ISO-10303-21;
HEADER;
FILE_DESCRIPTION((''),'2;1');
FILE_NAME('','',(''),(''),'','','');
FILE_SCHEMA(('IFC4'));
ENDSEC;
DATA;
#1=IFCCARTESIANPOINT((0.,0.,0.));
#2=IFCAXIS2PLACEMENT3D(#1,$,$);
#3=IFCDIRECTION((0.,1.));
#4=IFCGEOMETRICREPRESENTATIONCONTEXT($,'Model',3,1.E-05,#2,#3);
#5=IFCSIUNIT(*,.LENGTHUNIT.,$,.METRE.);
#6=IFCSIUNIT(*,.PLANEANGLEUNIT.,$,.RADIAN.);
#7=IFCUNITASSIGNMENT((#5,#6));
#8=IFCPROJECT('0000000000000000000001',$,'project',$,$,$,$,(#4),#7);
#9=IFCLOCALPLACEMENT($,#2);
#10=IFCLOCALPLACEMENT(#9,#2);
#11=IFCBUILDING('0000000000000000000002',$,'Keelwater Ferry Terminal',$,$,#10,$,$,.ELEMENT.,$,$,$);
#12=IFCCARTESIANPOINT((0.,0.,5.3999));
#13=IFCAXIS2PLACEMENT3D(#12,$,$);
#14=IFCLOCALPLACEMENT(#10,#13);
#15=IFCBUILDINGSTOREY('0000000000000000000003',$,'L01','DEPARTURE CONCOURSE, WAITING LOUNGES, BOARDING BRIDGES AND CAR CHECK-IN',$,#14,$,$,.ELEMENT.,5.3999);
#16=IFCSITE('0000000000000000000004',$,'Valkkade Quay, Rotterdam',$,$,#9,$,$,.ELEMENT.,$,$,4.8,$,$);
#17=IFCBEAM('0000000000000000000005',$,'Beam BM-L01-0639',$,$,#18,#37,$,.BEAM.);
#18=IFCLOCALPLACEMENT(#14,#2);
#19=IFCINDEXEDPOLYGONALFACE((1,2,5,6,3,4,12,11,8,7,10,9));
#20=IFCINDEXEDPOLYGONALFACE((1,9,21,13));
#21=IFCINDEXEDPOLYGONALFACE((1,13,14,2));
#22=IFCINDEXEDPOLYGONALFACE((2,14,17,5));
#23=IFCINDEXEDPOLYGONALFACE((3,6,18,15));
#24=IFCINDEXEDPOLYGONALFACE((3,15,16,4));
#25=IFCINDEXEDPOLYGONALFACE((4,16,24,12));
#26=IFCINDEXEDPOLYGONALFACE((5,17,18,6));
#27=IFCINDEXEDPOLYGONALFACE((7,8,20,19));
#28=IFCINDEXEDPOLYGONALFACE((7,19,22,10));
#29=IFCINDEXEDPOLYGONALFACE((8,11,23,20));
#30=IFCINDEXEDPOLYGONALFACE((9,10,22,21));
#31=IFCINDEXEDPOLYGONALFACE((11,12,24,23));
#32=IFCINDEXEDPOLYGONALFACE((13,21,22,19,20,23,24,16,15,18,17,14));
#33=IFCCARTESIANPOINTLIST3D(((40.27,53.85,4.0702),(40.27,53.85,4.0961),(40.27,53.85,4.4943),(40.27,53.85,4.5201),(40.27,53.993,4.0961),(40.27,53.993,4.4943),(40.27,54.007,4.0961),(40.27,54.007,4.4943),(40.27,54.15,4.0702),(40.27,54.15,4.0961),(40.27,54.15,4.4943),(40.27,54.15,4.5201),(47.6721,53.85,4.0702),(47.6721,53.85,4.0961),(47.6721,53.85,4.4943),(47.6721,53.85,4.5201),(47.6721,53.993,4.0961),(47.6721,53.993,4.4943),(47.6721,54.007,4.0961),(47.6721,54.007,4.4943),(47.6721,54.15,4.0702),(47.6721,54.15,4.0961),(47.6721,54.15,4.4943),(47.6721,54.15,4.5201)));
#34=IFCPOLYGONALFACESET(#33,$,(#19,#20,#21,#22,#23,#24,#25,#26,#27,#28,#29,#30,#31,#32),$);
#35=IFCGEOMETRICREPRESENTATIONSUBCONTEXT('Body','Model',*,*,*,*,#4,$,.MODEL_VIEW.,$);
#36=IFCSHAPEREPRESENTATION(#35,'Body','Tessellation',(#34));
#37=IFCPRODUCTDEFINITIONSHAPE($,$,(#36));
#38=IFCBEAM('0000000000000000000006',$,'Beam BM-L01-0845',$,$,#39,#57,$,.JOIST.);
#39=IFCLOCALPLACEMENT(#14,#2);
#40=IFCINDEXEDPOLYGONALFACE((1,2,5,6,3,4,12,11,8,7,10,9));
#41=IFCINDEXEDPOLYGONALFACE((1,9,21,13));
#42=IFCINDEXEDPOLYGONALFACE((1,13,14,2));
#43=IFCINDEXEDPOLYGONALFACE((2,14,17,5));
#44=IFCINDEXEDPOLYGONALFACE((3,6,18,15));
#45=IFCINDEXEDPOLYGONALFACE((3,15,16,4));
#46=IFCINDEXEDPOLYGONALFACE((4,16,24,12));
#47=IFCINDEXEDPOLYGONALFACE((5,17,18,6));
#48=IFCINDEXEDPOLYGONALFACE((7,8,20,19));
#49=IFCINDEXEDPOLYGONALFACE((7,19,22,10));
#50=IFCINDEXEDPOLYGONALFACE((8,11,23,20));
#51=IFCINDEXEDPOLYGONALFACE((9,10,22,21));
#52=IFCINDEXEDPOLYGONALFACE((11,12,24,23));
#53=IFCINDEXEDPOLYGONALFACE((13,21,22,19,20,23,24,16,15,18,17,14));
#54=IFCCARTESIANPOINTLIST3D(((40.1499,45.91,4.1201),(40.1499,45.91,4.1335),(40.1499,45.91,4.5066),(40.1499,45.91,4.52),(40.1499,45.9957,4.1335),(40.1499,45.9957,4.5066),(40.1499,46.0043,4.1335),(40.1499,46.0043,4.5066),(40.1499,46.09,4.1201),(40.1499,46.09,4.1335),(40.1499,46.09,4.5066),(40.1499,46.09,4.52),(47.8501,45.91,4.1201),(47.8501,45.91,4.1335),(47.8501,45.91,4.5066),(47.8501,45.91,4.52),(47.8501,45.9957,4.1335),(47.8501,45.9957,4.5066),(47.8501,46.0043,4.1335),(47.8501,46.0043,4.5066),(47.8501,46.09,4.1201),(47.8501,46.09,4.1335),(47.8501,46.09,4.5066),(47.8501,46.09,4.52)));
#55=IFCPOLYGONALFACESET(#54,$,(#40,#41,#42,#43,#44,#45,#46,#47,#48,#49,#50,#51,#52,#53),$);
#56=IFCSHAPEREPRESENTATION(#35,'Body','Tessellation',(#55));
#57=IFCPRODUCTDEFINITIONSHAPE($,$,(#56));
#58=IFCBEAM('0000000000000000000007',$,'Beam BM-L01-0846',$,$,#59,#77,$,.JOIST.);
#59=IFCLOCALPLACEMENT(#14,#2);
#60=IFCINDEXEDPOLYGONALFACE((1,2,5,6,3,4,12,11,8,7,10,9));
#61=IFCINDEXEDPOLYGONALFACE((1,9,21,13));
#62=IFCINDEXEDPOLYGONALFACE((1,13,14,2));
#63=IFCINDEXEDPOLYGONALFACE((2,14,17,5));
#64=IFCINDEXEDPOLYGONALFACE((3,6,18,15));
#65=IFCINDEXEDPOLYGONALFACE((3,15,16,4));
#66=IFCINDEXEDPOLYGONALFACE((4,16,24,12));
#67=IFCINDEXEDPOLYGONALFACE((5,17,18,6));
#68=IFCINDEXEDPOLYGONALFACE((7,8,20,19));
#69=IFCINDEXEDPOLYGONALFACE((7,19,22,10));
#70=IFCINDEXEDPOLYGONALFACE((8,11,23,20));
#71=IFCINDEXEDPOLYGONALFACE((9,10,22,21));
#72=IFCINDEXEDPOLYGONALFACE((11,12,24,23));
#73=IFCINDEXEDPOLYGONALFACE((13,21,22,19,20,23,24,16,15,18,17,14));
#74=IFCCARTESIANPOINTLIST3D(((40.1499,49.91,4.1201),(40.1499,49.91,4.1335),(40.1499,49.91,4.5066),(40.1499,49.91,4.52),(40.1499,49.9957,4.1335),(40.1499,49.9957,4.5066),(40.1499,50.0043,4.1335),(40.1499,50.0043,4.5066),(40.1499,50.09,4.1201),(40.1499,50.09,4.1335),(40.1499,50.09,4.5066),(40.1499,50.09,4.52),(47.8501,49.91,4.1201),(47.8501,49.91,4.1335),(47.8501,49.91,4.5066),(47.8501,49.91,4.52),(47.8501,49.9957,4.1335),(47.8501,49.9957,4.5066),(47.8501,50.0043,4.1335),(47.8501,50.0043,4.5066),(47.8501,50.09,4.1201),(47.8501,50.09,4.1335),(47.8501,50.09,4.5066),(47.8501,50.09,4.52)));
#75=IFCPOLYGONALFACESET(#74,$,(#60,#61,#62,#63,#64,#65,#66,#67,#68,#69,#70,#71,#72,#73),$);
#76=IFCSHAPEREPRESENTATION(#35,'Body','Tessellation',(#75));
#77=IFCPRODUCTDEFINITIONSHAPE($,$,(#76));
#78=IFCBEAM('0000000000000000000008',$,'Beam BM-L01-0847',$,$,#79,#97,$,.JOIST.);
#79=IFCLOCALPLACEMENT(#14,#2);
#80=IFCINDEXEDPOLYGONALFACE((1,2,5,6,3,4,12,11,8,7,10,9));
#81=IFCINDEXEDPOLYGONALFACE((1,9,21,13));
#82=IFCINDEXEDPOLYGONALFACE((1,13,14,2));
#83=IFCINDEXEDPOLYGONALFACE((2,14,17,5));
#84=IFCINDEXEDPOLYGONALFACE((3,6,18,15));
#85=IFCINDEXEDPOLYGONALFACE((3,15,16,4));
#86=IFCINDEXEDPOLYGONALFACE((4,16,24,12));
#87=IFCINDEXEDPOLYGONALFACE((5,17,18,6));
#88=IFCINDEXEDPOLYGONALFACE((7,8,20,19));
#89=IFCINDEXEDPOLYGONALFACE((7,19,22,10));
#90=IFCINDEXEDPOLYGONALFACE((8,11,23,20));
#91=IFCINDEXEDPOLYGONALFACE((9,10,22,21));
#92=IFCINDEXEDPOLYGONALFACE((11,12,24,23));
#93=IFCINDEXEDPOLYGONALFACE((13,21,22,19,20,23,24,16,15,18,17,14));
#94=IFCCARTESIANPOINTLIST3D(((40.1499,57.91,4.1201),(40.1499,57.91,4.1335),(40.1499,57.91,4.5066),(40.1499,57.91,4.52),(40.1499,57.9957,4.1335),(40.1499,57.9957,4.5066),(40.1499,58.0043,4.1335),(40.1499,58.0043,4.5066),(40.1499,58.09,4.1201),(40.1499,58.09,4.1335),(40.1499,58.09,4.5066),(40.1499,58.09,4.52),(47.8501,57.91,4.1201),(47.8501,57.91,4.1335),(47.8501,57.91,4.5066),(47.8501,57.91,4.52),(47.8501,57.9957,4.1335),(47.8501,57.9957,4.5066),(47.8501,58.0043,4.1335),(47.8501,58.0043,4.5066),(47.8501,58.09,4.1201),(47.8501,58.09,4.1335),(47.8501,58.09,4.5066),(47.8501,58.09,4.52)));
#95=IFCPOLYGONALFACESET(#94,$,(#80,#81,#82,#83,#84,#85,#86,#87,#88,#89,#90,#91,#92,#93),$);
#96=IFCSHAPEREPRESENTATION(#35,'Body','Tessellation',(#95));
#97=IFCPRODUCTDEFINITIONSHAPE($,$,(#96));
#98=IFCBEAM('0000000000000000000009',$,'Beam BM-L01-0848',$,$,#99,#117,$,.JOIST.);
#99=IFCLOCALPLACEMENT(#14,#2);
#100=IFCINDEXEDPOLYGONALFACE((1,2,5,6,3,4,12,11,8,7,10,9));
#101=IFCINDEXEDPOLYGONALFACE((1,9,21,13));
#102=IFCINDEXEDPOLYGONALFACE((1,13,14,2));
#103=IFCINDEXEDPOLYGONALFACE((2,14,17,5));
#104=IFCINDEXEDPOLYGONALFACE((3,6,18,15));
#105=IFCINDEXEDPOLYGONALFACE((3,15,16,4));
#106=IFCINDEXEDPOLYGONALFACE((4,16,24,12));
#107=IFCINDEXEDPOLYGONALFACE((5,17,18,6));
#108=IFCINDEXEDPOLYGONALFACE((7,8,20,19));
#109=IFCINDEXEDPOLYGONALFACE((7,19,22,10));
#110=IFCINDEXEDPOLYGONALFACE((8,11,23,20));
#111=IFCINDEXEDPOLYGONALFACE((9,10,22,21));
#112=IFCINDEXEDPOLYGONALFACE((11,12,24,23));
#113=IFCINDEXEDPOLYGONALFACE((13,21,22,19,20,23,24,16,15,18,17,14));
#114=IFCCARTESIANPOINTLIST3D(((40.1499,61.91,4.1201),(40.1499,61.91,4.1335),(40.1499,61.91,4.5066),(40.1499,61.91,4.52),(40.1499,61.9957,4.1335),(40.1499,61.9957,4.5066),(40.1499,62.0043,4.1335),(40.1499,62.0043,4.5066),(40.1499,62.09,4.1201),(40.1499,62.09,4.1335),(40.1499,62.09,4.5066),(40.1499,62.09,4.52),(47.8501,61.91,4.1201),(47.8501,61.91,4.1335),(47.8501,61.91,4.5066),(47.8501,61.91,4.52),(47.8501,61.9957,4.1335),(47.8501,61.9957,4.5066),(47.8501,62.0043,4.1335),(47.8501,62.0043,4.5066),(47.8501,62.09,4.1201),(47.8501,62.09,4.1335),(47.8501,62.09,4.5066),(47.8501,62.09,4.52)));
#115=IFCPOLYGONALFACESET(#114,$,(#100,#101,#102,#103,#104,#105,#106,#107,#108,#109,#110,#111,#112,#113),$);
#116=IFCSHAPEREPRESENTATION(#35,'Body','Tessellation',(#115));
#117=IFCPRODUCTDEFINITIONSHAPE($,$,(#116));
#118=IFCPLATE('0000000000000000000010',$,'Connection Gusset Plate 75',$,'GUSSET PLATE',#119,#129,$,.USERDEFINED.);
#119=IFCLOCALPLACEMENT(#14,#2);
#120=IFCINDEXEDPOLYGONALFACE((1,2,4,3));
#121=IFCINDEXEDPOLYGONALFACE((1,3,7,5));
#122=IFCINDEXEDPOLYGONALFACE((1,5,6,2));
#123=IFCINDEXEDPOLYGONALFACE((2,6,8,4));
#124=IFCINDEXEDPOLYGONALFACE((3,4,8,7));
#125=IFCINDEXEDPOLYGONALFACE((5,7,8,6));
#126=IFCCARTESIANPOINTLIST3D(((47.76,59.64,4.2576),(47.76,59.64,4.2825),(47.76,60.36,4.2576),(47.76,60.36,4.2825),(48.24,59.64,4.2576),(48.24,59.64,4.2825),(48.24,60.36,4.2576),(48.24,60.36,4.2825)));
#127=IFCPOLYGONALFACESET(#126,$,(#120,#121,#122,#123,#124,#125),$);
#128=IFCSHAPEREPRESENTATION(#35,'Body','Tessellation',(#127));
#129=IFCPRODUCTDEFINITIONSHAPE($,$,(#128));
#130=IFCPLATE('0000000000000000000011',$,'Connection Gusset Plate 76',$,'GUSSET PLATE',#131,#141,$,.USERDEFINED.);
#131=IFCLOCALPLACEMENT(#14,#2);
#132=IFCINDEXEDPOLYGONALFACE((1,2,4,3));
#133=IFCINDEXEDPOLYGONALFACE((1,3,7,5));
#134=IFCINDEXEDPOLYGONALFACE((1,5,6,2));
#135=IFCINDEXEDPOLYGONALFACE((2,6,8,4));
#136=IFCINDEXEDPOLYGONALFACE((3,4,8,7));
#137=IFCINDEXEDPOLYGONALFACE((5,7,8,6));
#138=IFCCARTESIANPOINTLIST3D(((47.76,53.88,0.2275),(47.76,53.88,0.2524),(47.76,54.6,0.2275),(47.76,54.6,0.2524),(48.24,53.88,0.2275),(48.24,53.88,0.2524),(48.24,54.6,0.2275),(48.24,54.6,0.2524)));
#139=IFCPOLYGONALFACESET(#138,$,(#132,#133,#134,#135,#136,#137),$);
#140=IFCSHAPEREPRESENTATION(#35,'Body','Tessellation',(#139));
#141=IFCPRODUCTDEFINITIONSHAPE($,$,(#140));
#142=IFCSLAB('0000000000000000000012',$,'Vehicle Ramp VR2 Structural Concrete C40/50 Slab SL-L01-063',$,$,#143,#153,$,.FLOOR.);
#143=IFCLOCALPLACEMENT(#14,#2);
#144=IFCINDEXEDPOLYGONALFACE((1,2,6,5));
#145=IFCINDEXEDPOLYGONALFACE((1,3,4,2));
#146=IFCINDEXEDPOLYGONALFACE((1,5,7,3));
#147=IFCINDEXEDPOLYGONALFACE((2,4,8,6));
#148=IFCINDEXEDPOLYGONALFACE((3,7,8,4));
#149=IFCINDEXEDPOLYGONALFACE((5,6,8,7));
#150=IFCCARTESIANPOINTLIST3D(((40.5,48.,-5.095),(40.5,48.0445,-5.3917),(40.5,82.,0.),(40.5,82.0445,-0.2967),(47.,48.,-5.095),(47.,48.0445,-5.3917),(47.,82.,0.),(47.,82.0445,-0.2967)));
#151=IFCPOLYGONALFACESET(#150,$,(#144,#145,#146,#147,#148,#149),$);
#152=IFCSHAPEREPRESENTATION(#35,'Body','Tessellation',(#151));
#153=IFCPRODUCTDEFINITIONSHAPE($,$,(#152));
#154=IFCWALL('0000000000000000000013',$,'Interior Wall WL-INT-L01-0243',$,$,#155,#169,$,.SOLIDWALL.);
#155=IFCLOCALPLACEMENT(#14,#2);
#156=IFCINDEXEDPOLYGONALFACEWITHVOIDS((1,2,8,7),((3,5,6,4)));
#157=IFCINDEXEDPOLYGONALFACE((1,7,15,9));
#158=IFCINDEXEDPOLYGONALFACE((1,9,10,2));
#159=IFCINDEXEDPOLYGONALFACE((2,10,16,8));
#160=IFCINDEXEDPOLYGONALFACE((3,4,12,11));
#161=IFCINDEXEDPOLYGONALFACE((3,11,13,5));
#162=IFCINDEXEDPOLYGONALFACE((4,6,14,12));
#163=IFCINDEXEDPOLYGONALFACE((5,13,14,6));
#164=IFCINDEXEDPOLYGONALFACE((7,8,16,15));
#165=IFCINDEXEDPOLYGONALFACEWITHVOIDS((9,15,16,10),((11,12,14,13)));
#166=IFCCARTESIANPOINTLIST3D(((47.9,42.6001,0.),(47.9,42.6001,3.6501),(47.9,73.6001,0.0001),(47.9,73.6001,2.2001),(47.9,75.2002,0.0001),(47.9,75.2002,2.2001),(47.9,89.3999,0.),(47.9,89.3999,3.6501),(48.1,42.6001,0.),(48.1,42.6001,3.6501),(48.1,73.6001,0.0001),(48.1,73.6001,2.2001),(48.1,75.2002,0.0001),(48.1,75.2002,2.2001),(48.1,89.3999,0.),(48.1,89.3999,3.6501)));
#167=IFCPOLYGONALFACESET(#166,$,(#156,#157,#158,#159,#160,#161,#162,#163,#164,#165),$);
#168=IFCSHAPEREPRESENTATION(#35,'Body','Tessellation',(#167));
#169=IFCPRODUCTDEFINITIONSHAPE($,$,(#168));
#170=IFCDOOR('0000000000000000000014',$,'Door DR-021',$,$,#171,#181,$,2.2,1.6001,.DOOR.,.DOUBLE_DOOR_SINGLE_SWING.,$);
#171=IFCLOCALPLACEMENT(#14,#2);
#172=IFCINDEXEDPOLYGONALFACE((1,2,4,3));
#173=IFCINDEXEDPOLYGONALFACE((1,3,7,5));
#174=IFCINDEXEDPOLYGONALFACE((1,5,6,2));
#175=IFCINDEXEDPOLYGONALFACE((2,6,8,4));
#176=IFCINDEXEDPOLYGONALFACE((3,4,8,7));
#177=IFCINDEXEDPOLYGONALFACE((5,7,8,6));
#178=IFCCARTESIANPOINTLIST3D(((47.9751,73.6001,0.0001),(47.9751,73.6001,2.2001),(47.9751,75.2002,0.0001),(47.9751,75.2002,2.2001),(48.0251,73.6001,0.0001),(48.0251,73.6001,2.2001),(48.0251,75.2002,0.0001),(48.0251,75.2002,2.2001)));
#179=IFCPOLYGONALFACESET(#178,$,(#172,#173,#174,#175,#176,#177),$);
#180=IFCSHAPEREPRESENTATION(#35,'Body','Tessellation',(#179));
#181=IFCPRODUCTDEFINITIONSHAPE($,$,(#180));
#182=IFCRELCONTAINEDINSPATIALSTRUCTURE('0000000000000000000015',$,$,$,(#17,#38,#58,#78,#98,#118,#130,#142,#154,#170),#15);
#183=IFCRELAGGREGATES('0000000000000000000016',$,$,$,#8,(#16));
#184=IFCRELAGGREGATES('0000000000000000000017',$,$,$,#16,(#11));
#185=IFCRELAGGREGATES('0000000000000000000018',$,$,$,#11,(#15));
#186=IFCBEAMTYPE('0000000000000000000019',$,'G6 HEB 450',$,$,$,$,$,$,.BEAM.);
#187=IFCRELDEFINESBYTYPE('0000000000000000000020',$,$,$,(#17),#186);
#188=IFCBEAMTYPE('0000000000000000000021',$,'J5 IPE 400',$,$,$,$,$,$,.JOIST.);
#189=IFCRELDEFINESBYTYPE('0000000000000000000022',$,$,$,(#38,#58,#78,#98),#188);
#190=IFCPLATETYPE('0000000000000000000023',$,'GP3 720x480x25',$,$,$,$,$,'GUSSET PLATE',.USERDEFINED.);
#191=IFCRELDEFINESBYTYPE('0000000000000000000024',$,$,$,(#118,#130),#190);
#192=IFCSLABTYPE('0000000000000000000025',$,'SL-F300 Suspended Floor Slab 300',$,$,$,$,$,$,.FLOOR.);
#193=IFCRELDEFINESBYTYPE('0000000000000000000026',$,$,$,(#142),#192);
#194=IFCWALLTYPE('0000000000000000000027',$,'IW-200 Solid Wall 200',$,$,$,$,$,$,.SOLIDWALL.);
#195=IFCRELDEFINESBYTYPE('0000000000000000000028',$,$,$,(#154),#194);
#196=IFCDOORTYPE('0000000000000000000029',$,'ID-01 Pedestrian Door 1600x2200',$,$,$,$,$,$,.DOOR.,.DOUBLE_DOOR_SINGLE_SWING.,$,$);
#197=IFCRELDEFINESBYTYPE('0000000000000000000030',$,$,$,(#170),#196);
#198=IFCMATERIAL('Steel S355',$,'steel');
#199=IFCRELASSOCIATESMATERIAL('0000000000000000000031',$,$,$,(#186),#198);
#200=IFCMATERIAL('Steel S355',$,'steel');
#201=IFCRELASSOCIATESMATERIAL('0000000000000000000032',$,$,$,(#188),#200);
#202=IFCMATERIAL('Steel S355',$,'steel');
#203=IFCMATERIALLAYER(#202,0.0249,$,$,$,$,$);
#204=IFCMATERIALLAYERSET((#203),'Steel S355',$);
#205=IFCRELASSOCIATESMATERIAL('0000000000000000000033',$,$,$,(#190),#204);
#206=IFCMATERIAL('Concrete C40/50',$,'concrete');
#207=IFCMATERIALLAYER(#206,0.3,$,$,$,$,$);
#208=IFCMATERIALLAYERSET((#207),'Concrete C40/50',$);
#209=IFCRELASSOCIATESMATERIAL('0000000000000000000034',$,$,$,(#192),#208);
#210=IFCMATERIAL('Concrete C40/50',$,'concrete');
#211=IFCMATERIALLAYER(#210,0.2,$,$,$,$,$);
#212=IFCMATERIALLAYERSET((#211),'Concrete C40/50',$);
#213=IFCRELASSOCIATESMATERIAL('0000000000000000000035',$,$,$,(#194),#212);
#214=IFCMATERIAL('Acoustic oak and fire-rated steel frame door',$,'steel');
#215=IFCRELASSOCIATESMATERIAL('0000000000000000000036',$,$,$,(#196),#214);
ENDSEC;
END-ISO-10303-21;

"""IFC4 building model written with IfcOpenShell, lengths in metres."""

from ifc_helpers import new_model, si_unit, direction, frame, frame_2d, origin, origin_with_axes, origin_2d, place, context, subcontext, project, spatial, polyline, rectangle, i_section, outline, extrude, material, layer, layer_set, material_profile, profile_set, type_object, element, fill, save


model = new_model("IFC4")

# Units and contexts
model_context = context("Model", 3, precision=1e-05, world=origin(), true_north=direction((0.0, 1.0)))
body_context = subcontext(model_context, "Body", "Model", "MODEL_VIEW")
ifc_project = project(units=[si_unit("LENGTHUNIT", "METRE"), si_unit("PLANEANGLEUNIT", "RADIAN")], contexts=[model_context])

# Site, building, storey
site_placement = place(None, origin())
site = spatial("IfcSite", under=ifc_project, at=site_placement, Name="Valkkade Quay, Rotterdam", CompositionType="ELEMENT", RefElevation=4.8)
building_placement = place(site_placement, origin())
building = spatial("IfcBuilding", under=site, at=building_placement, Name="Keelwater Ferry Terminal", CompositionType="ELEMENT")
storey_placement = place(building_placement, frame((0.0, 0.0, 5.3999)))
storey = spatial("IfcBuildingStorey", under=building, at=storey_placement, Name="L01", Description="DEPARTURE CONCOURSE, WAITING LOUNGES, BOARDING BRIDGES AND CAR CHECK-IN", CompositionType="ELEMENT", Elevation=5.3999)

# Beams
ifc_material_1 = material(Name="Steel S355", Category="steel")
ifc_material_profile_1 = material_profile(ifc_material_1, i_section(OverallWidth=0.3, OverallDepth=0.45, WebThickness=0.0139, FlangeThickness=0.0259, at=origin_2d()), Name="HEB 450")
ifc_profile_set_1 = profile_set([ifc_material_profile_1], Name="Steel S355")
beam_type_1 = type_object("IfcBeamType", Name="G6 HEB 450", PredefinedType="BEAM", material=ifc_profile_set_1)
beam_1_placement = place(storey_placement, frame((40.27, 54.0, 4.2952), z_axis=(1.0, 0.0, 0.0), x_axis=(0.0, 1.0, 0.0)))
element("IfcBeam", 1, at=beam_1_placement, inside=storey, type_object=beam_type_1, Name="Beam BM-L01-0639", PredefinedType="BEAM", context=body_context, shape_type="SweptSolid", body=[
    extrude(i_section(OverallWidth=0.3, OverallDepth=0.45, WebThickness=0.0139, FlangeThickness=0.0259, at=origin_2d()), origin(), (0.0, 0.0, 1.0), 7.4021),
])
ifc_material_2 = material(Name="Steel S355", Category="steel")
ifc_material_profile_2 = material_profile(ifc_material_2, i_section(OverallWidth=0.1799, OverallDepth=0.3999, WebThickness=0.0085, FlangeThickness=0.0134, at=origin_2d()), Name="IPE 400")
ifc_profile_set_2 = profile_set([ifc_material_profile_2], Name="Steel S355")
beam_type_2 = type_object("IfcBeamType", Name="J5 IPE 400", PredefinedType="JOIST", material=ifc_profile_set_2)
for number, where, z_axis, x_axis, name in (
    (2, (40.1499, 46.0, 4.3201), (1.0, 0.0, 0.0), (0.0, 1.0, 0.0), "Beam BM-L01-0845"),
    (3, (40.1499, 50.0, 4.3201), (1.0, 0.0, 0.0), (0.0, 1.0, 0.0), "Beam BM-L01-0846"),
    (4, (40.1499, 58.0, 4.3201), (1.0, 0.0, 0.0), (0.0, 1.0, 0.0), "Beam BM-L01-0847"),
    (5, (40.1499, 62.0, 4.3201), (1.0, 0.0, 0.0), (0.0, 1.0, 0.0), "Beam BM-L01-0848"),
):
    element("IfcBeam", number, at=place(storey_placement, frame(where, z_axis=z_axis, x_axis=x_axis)), inside=storey, type_object=beam_type_2, Name=name, PredefinedType="JOIST", context=body_context, shape_type="SweptSolid", body=[
        extrude(i_section(OverallWidth=0.1799, OverallDepth=0.3999, WebThickness=0.0085, FlangeThickness=0.0134, at=origin_2d()), origin(), (0.0, 0.0, 1.0), 7.7002),
    ])

# Plates
ifc_material_3 = material(Name="Steel S355", Category="steel")
ifc_layer_1 = layer(ifc_material_3, 0.0249)
ifc_layer_set_1 = layer_set([ifc_layer_1], Name="Steel S355")
plate_type = type_object("IfcPlateType", Name="GP3 720x480x25", ElementType="GUSSET PLATE", PredefinedType="USERDEFINED", material=ifc_layer_set_1)
for number, where, z_axis, x_axis, name in (
    (6, (48.0, 60.0, 4.2576), (0.0, 0.0, 1.0), (0.0, 1.0, 0.0), "Connection Gusset Plate 75"),
    (7, (48.0, 54.24, 0.2275), (0.0, 0.0, 1.0), (0.0, 1.0, 0.0), "Connection Gusset Plate 76"),
):
    element("IfcPlate", number, at=place(storey_placement, frame(where, z_axis=z_axis, x_axis=x_axis)), inside=storey, type_object=plate_type, Name=name, ObjectType="GUSSET PLATE", PredefinedType="USERDEFINED", context=body_context, shape_type="SweptSolid", body=[
        extrude(rectangle(XDim=0.72, YDim=0.48, at=origin_2d()), origin(), (0.0, 0.0, 1.0), 0.0249),
    ])

# Slab
ifc_material_4 = material(Name="Concrete C40/50", Category="concrete")
ifc_layer_2 = layer(ifc_material_4, 0.3)
ifc_layer_set_2 = layer_set([ifc_layer_2], Name="Concrete C40/50")
slab_type = type_object("IfcSlabType", Name="SL-F300 Suspended Floor Slab 300", PredefinedType="FLOOR", material=ifc_layer_set_2)
slab_placement = place(storey_placement, frame((40.5, 48.0445, -5.3917), z_axis=(0.0, -0.148198, 0.988958), x_axis=(1.0, 0.0, 0.0)))
element("IfcSlab", 8, at=slab_placement, inside=storey, type_object=slab_type, Name="Vehicle Ramp VR2 Structural Concrete C40/50 Slab SL-L01-063", PredefinedType="FLOOR", context=body_context, shape_type="SweptSolid", body=[
    extrude(outline(polyline([(0.0, 0.0), (6.5, 0.0), (6.5, 34.3796), (0.0, 34.3796), (0.0, 0.0)])), origin_with_axes(), (0.0, 0.0, 1.0), 0.3),
])

# Wall, opening, door
ifc_material_5 = material(Name="Concrete C40/50", Category="concrete")
ifc_layer_3 = layer(ifc_material_5, 0.2)
ifc_layer_set_3 = layer_set([ifc_layer_3], Name="Concrete C40/50")
wall_type = type_object("IfcWallType", Name="IW-200 Solid Wall 200", PredefinedType="SOLIDWALL", material=ifc_layer_set_3)
wall_placement = place(storey_placement, frame((48.0, 42.6001, 0.0), z_axis=(0.0, 0.0, 1.0), x_axis=(0.0, 1.0, 0.0)))
wall = element("IfcWall", 9, at=wall_placement, inside=storey, type_object=wall_type, Name="Interior Wall WL-INT-L01-0243", PredefinedType="SOLIDWALL", context=body_context, shape_type="SweptSolid", body=[
    extrude(rectangle(XDim=46.7998, YDim=0.2, at=frame_2d((23.3999, 0.0))), origin(), (0.0, 0.0, 1.0), 3.6501),
])
opening_placement = place(wall_placement, frame((31.0, 0.0, 0.0)))
opening = element("IfcOpeningElement", 10, at=opening_placement, cuts=wall, PredefinedType="OPENING", context=body_context, shape_type="SweptSolid", body=[
    extrude(rectangle(XDim=1.6001, YDim=2.2, at=frame_2d((0.8, 1.1001))), frame((0.0, 0.1101, 0.0), z_axis=(0.0, -1.0, 0.0), x_axis=(1.0, 0.0, 0.0)), (0.0, 0.0, 1.0), 0.22),
])
ifc_material_6 = material(Name="Acoustic oak and fire-rated steel frame door", Category="steel")
door_type = type_object("IfcDoorType", Name="ID-01 Pedestrian Door 1600x2200", OperationType="DOUBLE_DOOR_SINGLE_SWING", PredefinedType="DOOR", material=ifc_material_6)
door_placement = place(opening_placement, origin())
door = element("IfcDoor", 11, at=door_placement, inside=storey, type_object=door_type, Name="Door DR-021", OperationType="DOUBLE_DOOR_SINGLE_SWING", OverallHeight=2.2, OverallWidth=1.6001, PredefinedType="DOOR", context=body_context, shape_type="SweptSolid", body=[
    extrude(rectangle(XDim=1.6001, YDim=2.2, at=frame_2d((0.8, 1.1001))), frame((0.0, 0.0249, 0.0), z_axis=(0.0, -1.0, 0.0), x_axis=(1.0, 0.0, 0.0)), (0.0, 0.0, 1.0), 0.05),
])
fill(opening, door)

save(model, "model.ifc")
